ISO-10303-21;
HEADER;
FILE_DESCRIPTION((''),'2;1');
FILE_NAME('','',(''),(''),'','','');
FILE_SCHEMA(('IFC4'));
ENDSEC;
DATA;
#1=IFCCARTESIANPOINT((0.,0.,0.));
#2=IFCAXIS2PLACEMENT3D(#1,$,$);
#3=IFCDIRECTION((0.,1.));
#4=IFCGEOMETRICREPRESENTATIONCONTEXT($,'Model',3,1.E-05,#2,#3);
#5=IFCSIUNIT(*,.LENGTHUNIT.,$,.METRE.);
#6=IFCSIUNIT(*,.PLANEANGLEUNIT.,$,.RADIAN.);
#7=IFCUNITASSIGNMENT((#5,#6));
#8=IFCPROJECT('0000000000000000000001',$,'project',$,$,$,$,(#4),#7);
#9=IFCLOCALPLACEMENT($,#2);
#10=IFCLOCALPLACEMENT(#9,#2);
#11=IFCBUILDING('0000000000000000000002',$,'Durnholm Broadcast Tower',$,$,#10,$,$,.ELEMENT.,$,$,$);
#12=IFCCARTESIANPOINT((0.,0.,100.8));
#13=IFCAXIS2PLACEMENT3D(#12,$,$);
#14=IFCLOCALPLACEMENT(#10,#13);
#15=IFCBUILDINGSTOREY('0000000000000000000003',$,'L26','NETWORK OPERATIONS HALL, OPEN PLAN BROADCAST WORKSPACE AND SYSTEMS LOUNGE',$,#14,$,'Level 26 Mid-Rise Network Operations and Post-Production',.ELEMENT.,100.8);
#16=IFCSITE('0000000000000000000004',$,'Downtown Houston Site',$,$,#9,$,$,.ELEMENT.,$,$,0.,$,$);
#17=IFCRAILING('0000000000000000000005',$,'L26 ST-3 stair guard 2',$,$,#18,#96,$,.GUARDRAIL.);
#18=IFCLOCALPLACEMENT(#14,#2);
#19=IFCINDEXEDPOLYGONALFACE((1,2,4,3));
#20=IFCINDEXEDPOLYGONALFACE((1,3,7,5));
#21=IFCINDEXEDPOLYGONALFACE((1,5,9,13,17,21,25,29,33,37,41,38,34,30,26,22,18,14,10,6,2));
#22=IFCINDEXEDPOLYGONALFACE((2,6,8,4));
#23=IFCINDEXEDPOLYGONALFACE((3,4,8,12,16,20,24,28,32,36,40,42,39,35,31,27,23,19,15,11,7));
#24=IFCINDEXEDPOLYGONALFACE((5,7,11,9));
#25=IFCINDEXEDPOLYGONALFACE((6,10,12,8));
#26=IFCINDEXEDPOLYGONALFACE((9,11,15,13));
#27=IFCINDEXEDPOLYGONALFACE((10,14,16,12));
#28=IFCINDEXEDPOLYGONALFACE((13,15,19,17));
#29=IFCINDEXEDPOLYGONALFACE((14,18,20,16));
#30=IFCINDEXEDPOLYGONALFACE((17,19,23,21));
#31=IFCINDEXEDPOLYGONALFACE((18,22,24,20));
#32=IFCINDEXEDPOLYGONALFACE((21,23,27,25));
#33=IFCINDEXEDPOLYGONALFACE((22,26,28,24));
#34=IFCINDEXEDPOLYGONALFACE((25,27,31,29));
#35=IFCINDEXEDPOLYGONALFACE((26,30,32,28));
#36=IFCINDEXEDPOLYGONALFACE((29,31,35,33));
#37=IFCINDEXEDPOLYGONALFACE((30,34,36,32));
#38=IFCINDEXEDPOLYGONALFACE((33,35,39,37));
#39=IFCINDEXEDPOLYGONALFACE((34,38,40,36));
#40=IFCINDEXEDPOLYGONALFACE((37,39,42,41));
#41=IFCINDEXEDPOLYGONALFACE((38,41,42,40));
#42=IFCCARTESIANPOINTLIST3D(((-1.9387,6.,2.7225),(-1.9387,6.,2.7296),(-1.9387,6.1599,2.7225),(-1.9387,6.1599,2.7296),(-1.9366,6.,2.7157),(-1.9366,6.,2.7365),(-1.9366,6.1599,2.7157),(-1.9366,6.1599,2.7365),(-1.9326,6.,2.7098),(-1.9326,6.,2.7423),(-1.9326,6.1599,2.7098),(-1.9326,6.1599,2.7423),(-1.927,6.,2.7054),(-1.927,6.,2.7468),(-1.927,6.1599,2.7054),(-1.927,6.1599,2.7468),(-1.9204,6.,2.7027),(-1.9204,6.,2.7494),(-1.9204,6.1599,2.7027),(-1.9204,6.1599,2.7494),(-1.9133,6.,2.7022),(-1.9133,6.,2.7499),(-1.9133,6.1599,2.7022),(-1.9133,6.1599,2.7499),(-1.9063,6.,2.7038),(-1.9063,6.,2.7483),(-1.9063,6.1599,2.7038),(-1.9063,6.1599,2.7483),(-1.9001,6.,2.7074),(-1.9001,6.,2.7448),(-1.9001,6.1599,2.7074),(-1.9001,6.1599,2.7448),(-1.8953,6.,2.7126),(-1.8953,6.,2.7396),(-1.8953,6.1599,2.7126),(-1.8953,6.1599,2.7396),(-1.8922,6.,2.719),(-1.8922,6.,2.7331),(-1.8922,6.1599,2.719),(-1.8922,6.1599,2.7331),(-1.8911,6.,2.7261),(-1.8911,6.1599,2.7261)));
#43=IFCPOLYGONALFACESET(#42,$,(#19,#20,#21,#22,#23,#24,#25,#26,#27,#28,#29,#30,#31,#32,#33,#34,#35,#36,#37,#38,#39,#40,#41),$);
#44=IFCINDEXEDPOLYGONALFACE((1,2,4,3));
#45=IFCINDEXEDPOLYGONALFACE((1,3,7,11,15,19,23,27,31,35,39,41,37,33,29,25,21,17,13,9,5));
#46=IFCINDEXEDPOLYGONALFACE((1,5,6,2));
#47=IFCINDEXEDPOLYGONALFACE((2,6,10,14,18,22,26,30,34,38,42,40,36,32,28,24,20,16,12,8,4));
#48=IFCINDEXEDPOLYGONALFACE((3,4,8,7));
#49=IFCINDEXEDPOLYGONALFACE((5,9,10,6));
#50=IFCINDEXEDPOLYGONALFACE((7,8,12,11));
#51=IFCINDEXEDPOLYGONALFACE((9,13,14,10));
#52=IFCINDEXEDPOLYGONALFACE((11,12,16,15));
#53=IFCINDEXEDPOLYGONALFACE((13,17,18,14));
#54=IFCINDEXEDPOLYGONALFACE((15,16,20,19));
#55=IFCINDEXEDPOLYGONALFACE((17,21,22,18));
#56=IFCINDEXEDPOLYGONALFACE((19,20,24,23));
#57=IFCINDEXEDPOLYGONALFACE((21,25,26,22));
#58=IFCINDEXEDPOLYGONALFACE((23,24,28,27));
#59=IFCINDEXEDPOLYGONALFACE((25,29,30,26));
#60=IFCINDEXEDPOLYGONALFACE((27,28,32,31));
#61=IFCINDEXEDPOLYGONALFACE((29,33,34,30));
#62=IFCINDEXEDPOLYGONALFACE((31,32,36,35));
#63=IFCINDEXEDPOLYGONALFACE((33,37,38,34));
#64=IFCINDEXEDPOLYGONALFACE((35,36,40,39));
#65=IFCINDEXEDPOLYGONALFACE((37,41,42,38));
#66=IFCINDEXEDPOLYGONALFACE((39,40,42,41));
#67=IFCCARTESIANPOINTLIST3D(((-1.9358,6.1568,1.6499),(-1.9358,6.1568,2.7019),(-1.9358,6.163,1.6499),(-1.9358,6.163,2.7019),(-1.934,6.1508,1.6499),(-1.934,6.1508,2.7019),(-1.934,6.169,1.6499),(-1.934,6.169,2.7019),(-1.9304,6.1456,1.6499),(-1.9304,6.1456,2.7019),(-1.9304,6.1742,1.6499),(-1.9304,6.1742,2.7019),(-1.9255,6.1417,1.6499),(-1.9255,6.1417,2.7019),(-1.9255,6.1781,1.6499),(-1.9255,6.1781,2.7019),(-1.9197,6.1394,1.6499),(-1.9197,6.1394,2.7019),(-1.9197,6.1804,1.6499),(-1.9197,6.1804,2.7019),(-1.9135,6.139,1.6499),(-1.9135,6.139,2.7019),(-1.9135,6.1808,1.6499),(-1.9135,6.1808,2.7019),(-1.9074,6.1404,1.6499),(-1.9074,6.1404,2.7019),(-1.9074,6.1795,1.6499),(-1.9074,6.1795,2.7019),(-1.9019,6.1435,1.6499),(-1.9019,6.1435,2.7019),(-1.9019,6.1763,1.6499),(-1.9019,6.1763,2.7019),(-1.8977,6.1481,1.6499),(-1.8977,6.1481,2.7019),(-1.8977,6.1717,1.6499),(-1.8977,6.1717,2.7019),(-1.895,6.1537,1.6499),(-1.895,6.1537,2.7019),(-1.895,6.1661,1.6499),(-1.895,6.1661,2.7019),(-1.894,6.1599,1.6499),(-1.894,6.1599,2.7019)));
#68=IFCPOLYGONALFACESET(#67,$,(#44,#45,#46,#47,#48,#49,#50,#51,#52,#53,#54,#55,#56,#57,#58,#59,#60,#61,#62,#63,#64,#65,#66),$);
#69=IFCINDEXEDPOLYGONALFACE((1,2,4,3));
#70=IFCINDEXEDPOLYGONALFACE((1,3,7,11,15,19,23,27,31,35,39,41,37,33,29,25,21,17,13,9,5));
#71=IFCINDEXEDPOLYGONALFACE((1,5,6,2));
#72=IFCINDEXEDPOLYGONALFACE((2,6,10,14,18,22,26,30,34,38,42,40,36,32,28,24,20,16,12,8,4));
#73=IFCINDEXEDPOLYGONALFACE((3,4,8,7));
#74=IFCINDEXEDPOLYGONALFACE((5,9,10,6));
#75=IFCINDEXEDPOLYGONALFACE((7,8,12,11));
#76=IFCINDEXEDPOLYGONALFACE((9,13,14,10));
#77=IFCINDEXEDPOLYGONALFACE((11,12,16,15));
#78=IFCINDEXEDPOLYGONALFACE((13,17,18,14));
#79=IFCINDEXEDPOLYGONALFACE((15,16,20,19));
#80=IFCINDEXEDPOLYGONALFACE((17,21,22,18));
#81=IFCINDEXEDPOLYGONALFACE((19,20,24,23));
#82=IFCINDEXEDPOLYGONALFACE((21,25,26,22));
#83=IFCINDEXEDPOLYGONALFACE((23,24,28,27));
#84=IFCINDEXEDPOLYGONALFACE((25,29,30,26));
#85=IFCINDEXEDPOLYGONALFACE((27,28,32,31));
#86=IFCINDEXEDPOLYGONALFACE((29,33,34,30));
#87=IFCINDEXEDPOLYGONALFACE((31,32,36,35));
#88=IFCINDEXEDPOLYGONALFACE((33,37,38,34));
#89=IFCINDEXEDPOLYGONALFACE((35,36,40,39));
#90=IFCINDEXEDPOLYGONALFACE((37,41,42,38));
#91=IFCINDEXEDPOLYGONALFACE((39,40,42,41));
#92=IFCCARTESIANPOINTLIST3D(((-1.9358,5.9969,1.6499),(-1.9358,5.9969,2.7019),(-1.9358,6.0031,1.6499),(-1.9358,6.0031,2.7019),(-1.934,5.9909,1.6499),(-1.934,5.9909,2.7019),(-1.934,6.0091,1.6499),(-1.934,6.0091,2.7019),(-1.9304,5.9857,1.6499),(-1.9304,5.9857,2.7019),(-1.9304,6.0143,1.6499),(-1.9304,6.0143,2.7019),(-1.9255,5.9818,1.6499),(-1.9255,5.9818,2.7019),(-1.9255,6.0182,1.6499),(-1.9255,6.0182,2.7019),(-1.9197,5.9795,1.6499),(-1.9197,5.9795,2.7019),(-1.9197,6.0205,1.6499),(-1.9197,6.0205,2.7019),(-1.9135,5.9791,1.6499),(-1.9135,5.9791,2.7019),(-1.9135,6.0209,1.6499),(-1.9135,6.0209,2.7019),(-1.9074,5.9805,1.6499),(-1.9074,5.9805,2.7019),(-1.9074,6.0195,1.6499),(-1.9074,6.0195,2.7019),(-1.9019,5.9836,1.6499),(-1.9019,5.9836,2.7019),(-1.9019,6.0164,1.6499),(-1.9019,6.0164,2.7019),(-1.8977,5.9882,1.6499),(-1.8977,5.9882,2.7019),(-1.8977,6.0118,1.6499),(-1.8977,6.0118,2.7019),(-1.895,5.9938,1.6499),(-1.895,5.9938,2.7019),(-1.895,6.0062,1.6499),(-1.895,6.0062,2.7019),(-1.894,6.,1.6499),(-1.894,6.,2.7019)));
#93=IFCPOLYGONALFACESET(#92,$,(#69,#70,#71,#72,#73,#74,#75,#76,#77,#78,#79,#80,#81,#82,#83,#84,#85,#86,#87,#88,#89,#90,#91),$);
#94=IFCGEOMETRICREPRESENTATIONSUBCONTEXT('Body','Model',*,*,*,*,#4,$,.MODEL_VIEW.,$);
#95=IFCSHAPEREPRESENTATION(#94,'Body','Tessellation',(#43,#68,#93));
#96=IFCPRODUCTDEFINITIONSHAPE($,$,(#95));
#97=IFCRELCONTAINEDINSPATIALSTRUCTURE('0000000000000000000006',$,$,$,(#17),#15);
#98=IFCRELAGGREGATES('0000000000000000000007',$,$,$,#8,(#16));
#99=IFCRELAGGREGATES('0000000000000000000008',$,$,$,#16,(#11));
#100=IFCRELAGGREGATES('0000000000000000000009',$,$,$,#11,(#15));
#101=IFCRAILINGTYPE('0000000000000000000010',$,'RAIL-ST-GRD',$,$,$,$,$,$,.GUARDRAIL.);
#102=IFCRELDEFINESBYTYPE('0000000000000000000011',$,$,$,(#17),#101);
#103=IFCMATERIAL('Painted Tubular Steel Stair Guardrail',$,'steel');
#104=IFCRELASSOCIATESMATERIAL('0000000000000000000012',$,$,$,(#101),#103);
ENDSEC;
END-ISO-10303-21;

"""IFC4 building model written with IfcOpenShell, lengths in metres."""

from ifc_helpers import new_model, si_unit, direction, frame, origin, origin_2d, place, context, subcontext, project, spatial, circle, extrude, material, type_object, element, save


model = new_model("IFC4")

# Units and contexts
model_context = context("Model", 3, precision=1e-05, world=origin(), true_north=direction((0.0, 1.0)))
body_context = subcontext(model_context, "Body", "Model", "MODEL_VIEW")
ifc_project = project(units=[si_unit("LENGTHUNIT", "METRE"), si_unit("PLANEANGLEUNIT", "RADIAN")], contexts=[model_context])

# Site, building, storey
site_placement = place(None, origin())
site = spatial("IfcSite", under=ifc_project, at=site_placement, Name="Downtown Houston Site", CompositionType="ELEMENT", RefElevation=0.0)
building_placement = place(site_placement, origin())
building = spatial("IfcBuilding", under=site, at=building_placement, Name="Durnholm Broadcast Tower", CompositionType="ELEMENT")
storey_placement = place(building_placement, frame((0.0, 0.0, 100.8)))
storey = spatial("IfcBuildingStorey", under=building, at=storey_placement, Name="L26", Description="NETWORK OPERATIONS HALL, OPEN PLAN BROADCAST WORKSPACE AND SYSTEMS LOUNGE", LongName="Level 26 Mid-Rise Network Operations and Post-Production", CompositionType="ELEMENT", Elevation=100.8)

# Railing
ifc_material_1 = material(Name="Painted Tubular Steel Stair Guardrail", Category="steel")
railing_type_1 = type_object("IfcRailingType", Name="RAIL-ST-GRD", PredefinedType="GUARDRAIL", material=ifc_material_1)
railing_1_placement = place(storey_placement, frame((-1.915, 6.1599, 1.6499)))
element("IfcRailing", 1, at=railing_1_placement, inside=storey, type_object=railing_type_1, Name="L26 ST-3 stair guard 2", PredefinedType="GUARDRAIL", context=body_context, shape_type="SweptSolid", body=[
    extrude(circle(Radius=0.0239, at=origin_2d()), frame((0.0, 0.0, 1.0762), z_axis=(0.0, -1.0, 0.0), x_axis=(1.0, 0.0, 0.0)), (0.0, 0.0, 1.0), 0.1599),
    extrude(circle(Radius=0.021, at=origin_2d()), origin(), (0.0, 0.0, 1.0), 1.052),
    extrude(circle(Radius=0.021, at=origin_2d()), frame((0.0, -0.1599, 0.0)), (0.0, 0.0, 1.0), 1.052),
])

save(model, "model.ifc")
